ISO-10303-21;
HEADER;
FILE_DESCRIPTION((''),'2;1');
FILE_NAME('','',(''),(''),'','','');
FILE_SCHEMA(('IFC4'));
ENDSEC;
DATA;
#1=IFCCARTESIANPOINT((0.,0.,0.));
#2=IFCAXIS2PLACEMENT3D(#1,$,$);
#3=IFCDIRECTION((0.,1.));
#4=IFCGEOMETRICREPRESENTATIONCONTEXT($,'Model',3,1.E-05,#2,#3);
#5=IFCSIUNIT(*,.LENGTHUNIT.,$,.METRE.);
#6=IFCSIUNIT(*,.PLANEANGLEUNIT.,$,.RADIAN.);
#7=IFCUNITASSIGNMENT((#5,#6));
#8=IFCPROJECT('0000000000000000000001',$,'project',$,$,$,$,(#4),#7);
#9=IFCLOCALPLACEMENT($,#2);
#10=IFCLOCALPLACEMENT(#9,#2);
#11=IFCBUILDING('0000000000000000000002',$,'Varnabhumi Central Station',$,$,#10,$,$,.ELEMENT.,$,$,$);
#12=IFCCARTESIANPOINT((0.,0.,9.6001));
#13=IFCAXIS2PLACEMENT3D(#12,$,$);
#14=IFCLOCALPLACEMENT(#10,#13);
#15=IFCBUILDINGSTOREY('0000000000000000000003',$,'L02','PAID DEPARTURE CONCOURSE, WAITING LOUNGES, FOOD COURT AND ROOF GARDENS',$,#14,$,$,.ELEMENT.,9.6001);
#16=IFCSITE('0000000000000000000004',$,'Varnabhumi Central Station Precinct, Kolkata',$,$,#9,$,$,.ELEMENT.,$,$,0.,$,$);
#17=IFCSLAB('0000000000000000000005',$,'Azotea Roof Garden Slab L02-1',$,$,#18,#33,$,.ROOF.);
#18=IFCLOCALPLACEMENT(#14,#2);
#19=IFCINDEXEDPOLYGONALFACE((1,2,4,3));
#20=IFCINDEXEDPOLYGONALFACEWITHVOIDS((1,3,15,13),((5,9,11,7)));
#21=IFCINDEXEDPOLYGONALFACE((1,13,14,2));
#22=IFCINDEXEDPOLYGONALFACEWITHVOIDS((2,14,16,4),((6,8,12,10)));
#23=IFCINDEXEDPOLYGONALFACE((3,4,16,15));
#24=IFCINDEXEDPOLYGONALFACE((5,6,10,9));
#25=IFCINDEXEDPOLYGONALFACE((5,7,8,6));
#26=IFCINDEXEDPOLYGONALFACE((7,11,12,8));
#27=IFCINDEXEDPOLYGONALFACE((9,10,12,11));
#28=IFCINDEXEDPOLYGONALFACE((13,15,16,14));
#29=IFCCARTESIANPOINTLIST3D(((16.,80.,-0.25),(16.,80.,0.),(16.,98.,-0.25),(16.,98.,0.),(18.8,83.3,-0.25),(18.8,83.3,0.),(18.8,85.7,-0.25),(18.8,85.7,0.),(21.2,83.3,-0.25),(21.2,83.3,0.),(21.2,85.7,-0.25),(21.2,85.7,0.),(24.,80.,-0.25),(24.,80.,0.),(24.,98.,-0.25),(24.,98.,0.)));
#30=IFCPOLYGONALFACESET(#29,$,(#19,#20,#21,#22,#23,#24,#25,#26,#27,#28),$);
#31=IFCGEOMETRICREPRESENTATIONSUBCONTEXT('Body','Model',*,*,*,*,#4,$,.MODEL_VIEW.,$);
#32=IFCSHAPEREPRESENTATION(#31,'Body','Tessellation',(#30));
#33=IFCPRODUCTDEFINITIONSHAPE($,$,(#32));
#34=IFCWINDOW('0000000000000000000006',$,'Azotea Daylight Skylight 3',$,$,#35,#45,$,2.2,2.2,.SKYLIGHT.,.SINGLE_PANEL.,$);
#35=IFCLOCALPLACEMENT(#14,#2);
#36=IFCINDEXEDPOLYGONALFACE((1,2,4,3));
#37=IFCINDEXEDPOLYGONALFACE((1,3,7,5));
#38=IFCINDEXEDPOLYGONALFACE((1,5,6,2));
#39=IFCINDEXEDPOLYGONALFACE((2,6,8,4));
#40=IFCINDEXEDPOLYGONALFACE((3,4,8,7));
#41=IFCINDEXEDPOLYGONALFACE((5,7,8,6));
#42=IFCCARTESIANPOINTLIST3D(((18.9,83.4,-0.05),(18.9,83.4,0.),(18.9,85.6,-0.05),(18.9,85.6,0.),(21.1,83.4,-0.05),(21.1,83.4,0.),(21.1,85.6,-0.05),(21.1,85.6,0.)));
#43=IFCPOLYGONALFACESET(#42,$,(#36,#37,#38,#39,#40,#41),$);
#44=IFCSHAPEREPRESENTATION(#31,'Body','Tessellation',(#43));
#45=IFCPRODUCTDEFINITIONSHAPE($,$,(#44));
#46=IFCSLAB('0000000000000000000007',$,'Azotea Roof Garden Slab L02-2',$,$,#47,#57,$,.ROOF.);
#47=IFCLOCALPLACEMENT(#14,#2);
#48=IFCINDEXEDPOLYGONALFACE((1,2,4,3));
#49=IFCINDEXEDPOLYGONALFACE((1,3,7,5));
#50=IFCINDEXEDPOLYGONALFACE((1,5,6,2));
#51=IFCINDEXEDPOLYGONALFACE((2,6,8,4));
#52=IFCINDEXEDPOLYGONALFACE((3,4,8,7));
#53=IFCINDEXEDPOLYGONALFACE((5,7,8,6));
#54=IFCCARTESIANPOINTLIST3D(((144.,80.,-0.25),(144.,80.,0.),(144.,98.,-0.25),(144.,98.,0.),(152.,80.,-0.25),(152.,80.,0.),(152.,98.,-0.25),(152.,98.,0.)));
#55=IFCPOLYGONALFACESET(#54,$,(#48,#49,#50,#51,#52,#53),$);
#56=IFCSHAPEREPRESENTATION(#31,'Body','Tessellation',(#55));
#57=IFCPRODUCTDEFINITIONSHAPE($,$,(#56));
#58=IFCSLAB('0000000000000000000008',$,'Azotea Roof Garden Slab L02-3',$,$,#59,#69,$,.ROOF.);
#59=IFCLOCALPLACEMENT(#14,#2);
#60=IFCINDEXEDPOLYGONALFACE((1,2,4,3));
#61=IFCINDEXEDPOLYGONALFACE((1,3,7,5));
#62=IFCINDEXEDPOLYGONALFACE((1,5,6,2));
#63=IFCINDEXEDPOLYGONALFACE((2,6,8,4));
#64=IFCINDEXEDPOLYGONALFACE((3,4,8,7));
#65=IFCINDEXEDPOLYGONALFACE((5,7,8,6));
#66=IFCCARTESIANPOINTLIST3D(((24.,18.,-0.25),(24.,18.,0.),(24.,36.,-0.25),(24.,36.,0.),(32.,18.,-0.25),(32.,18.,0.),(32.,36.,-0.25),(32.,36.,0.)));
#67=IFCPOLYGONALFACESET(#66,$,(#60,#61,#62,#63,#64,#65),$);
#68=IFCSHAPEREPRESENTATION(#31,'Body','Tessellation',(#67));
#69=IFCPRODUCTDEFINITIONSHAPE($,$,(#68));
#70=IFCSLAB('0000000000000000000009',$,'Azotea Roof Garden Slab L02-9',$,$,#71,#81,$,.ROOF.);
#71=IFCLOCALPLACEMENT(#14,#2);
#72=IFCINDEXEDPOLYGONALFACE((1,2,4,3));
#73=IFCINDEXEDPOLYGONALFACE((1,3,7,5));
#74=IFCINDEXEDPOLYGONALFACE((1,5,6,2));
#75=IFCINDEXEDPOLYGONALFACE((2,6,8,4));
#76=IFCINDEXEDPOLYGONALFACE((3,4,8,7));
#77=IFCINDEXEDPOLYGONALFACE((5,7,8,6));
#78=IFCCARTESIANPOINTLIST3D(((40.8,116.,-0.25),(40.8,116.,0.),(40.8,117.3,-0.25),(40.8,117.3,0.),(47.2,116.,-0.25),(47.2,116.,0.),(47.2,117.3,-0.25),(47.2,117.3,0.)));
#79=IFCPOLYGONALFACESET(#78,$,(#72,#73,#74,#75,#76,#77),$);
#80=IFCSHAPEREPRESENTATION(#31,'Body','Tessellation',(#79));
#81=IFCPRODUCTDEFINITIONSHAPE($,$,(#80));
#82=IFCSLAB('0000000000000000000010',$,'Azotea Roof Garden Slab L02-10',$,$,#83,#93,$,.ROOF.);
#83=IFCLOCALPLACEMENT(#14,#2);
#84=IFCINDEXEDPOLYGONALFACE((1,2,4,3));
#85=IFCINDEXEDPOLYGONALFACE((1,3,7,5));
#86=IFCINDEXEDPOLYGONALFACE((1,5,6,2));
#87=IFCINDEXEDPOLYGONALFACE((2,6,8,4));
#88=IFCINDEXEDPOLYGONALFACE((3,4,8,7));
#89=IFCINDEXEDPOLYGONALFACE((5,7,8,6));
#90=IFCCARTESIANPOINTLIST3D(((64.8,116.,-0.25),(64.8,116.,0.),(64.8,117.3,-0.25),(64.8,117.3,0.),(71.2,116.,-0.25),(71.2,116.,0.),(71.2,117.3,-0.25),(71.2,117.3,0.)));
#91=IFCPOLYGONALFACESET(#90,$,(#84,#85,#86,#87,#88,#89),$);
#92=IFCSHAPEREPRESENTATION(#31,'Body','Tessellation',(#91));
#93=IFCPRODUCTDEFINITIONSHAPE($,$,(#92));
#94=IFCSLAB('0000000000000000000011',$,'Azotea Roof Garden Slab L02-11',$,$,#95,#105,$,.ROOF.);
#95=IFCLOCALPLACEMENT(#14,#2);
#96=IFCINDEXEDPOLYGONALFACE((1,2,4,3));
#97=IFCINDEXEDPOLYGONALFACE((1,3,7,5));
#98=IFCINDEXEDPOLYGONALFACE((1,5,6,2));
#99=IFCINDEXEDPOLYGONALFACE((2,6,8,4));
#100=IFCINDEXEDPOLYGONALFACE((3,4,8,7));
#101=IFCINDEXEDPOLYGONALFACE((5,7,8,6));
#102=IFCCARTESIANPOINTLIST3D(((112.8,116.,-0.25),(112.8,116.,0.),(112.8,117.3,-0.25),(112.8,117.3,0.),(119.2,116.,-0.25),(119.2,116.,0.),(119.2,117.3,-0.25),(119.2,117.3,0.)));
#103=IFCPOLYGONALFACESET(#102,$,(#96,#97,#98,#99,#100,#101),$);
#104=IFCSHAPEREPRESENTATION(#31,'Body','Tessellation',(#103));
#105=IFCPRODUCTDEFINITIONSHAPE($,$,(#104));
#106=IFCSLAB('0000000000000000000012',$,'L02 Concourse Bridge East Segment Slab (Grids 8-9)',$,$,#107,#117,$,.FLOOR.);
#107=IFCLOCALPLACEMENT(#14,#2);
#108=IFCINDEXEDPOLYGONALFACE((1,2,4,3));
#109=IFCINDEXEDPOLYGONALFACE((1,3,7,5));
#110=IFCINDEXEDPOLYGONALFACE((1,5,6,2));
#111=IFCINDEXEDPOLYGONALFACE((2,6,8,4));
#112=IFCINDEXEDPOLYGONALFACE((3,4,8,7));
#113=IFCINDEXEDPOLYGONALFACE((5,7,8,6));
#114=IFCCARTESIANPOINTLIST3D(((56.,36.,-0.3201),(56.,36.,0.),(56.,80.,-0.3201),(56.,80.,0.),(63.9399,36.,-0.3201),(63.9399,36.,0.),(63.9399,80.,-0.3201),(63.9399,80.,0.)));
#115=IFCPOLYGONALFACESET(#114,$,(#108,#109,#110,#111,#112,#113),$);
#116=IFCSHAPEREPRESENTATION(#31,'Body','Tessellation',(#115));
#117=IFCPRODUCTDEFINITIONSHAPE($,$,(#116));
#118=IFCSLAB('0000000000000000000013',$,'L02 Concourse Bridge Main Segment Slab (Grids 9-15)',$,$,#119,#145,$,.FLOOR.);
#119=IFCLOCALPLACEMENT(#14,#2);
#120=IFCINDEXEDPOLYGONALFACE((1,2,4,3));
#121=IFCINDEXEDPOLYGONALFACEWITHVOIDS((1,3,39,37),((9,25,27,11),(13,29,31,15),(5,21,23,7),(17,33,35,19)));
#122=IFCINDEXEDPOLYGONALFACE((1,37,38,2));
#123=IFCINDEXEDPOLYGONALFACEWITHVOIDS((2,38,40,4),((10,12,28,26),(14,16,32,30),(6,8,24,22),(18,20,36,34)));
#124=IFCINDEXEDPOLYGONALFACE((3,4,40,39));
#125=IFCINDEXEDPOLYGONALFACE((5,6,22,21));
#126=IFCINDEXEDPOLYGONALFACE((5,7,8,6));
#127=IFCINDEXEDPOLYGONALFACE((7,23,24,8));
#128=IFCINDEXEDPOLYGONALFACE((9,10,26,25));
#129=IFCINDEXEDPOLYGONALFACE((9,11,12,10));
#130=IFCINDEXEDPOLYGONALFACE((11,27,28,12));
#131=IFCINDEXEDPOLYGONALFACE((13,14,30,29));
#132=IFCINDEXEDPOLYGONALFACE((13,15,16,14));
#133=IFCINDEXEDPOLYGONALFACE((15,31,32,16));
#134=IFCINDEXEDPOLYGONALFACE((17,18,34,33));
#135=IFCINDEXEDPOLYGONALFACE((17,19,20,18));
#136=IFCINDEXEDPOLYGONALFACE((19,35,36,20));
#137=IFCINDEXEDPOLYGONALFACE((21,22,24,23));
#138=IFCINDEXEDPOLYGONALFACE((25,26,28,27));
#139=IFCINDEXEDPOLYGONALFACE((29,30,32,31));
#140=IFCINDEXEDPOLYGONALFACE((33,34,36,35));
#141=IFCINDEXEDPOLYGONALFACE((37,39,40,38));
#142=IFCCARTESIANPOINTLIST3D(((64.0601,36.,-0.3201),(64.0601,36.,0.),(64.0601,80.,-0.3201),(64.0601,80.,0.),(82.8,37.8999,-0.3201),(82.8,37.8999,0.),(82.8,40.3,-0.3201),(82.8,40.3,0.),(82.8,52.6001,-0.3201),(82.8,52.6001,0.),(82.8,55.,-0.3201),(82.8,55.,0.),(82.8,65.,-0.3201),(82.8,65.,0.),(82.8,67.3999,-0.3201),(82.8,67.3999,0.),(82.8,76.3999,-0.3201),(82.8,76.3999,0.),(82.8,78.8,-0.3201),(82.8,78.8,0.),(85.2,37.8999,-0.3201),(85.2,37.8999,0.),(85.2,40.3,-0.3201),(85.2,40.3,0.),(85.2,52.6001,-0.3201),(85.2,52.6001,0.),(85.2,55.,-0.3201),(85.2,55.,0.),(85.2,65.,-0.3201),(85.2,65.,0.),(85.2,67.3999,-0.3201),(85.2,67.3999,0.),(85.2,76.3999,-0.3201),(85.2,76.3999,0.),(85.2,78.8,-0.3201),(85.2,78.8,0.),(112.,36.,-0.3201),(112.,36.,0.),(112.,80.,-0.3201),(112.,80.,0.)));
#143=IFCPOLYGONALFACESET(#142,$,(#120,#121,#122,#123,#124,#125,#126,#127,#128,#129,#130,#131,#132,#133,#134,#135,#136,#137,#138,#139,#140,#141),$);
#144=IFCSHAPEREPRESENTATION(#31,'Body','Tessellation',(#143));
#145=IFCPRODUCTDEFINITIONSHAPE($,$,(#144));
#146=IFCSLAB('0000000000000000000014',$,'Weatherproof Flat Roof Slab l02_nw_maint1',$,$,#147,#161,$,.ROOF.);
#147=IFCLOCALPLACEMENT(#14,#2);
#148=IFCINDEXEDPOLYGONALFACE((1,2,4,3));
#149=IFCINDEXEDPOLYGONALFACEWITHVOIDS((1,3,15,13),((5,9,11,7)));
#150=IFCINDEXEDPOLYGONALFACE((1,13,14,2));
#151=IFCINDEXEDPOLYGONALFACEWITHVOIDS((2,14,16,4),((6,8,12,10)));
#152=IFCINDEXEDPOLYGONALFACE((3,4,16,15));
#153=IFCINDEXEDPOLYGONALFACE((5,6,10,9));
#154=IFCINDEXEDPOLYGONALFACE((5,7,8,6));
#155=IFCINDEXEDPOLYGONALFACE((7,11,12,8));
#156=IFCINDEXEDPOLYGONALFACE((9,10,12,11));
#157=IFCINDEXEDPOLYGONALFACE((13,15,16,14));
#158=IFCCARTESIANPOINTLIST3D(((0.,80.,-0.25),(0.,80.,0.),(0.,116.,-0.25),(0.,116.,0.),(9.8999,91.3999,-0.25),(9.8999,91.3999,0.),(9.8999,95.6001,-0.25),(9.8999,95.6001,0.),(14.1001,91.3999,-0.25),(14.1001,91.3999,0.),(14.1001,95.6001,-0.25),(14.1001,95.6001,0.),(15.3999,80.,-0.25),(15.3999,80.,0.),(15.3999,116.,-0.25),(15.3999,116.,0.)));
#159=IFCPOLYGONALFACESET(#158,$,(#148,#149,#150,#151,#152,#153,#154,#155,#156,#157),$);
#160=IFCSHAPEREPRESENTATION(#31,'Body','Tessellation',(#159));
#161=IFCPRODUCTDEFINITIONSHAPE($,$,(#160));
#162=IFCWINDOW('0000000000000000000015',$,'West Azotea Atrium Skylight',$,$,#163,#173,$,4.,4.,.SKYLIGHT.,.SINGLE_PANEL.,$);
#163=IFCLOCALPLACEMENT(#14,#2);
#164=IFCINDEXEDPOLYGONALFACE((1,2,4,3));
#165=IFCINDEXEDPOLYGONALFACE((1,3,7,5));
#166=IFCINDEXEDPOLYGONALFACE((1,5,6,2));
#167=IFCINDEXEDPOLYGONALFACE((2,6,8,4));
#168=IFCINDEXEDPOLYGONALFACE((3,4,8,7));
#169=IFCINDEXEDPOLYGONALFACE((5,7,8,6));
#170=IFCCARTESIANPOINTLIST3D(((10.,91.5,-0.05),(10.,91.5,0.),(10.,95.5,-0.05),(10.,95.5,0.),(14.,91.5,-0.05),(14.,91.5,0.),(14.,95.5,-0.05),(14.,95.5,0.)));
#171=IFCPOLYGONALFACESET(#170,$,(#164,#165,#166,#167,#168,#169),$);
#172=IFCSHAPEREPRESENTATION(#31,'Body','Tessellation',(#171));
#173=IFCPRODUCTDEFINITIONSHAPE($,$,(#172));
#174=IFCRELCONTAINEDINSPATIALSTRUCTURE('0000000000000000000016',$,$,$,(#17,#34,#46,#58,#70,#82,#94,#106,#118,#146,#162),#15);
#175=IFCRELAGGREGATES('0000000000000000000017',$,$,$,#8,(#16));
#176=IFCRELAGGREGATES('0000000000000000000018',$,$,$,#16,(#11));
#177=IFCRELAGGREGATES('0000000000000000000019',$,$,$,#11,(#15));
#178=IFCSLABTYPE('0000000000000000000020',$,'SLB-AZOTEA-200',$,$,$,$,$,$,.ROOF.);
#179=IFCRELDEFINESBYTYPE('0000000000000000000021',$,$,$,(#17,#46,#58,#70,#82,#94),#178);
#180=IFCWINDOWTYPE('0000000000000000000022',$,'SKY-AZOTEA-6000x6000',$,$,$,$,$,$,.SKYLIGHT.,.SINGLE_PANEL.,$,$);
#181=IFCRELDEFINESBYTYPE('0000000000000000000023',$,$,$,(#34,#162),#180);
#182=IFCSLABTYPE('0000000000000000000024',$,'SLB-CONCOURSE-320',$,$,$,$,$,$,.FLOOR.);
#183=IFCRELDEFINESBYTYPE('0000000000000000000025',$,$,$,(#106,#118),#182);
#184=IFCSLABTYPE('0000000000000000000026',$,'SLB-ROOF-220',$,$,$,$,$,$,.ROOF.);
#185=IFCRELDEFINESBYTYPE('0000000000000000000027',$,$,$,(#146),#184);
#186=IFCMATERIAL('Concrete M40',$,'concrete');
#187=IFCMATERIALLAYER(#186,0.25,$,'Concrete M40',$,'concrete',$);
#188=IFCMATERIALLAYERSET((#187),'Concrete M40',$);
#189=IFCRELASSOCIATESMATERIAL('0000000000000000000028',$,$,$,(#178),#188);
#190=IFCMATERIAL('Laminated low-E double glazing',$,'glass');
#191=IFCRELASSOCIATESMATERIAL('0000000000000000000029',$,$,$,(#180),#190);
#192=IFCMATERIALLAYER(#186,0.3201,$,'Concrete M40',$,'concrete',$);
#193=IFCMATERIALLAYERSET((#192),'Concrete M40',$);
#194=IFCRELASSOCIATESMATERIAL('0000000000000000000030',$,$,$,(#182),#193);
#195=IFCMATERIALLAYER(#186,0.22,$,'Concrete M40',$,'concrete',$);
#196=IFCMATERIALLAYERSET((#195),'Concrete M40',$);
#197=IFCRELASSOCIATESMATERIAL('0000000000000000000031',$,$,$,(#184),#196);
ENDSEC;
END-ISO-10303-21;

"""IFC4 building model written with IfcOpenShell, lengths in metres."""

from ifc_helpers import new_model, si_unit, direction, frame, origin, origin_2d, place, context, subcontext, project, spatial, polyline, rectangle, outline, extrude, material, layer, layer_set, type_object, element, fill, save


model = new_model("IFC4")

# Units and contexts
model_context = context("Model", 3, precision=1e-05, world=origin(), true_north=direction((0.0, 1.0)))
body_context = subcontext(model_context, "Body", "Model", "MODEL_VIEW")
ifc_project = project(units=[si_unit("LENGTHUNIT", "METRE"), si_unit("PLANEANGLEUNIT", "RADIAN")], contexts=[model_context])

# Site, building, storey
site_placement = place(None, origin())
site = spatial("IfcSite", under=ifc_project, at=site_placement, Name="Varnabhumi Central Station Precinct, Kolkata", CompositionType="ELEMENT", RefElevation=0.0)
building_placement = place(site_placement, origin())
building = spatial("IfcBuilding", under=site, at=building_placement, Name="Varnabhumi Central Station", CompositionType="ELEMENT")
storey_placement = place(building_placement, frame((0.0, 0.0, 9.6001)))
storey = spatial("IfcBuildingStorey", under=building, at=storey_placement, Name="L02", Description="PAID DEPARTURE CONCOURSE, WAITING LOUNGES, FOOD COURT AND ROOF GARDENS", CompositionType="ELEMENT", Elevation=9.6001)

# Slab, opening, window
ifc_material_1 = material(Name="Concrete M40", Category="concrete")
ifc_layer_1 = layer(ifc_material_1, 0.25, Name="Concrete M40", Category="concrete")
ifc_layer_set_1 = layer_set([ifc_layer_1], Name="Concrete M40")
slab_type_1 = type_object("IfcSlabType", Name="SLB-AZOTEA-200", PredefinedType="ROOF", material=ifc_layer_set_1)
slab_1_placement = place(storey_placement, frame((0.0, 0.0, -0.25)))
slab_1 = element("IfcSlab", 1, at=slab_1_placement, inside=storey, type_object=slab_type_1, Name="Azotea Roof Garden Slab L02-1", PredefinedType="ROOF", context=body_context, shape_type="SweptSolid", body=[
    extrude(outline(polyline([(16.0, 80.0), (24.0, 80.0), (24.0, 98.0), (16.0, 98.0), (16.0, 80.0)]), holes=[polyline([(18.8, 83.3), (21.2, 83.3), (21.2, 85.7), (18.8, 85.7), (18.8, 83.3)])]), origin(), (0.0, 0.0, 1.0), 0.25),
])
opening_1_placement = place(slab_1_placement, frame((20.0, 84.5, 0.0)))
opening_1 = element("IfcOpeningElement", 2, at=opening_1_placement, cuts=slab_1, PredefinedType="OPENING", context=body_context, shape_type="SweptSolid", body=[
    extrude(rectangle(XDim=2.2, YDim=2.2, at=origin_2d()), frame((0.0, 0.0, -0.01)), (0.0, 0.0, 1.0), 0.27),
])
ifc_material_2 = material(Name="Laminated low-E double glazing", Category="glass")
window_type = type_object("IfcWindowType", Name="SKY-AZOTEA-6000x6000", PartitioningType="SINGLE_PANEL", PredefinedType="SKYLIGHT", material=ifc_material_2)
window_1_placement = place(opening_1_placement, frame((0.0, 0.0, 0.2)))
window_1 = element("IfcWindow", 3, at=window_1_placement, inside=storey, type_object=window_type, Name="Azotea Daylight Skylight 3", OverallHeight=2.2, OverallWidth=2.2, PartitioningType="SINGLE_PANEL", PredefinedType="SKYLIGHT", context=body_context, shape_type="SweptSolid", body=[
    extrude(rectangle(XDim=2.2, YDim=2.2, at=origin_2d()), origin(), (0.0, 0.0, 1.0), 0.05),
])
fill(opening_1, window_1)

# Slabs
slab_2_placement = place(storey_placement, frame((0.0, 0.0, -0.25)))
element("IfcSlab", 4, at=slab_2_placement, inside=storey, type_object=slab_type_1, Name="Azotea Roof Garden Slab L02-2", PredefinedType="ROOF", context=body_context, shape_type="SweptSolid", body=[
    extrude(outline(polyline([(144.0, 80.0), (152.0, 80.0), (152.0, 98.0), (144.0, 98.0), (144.0, 80.0)])), origin(), (0.0, 0.0, 1.0), 0.25),
])
slab_3_placement = place(storey_placement, frame((0.0, 0.0, -0.25)))
element("IfcSlab", 5, at=slab_3_placement, inside=storey, type_object=slab_type_1, Name="Azotea Roof Garden Slab L02-3", PredefinedType="ROOF", context=body_context, shape_type="SweptSolid", body=[
    extrude(outline(polyline([(24.0, 18.0), (32.0, 18.0), (32.0, 36.0), (24.0, 36.0), (24.0, 18.0)])), origin(), (0.0, 0.0, 1.0), 0.25),
])
slab_4_placement = place(storey_placement, frame((0.0, 0.0, -0.25)))
element("IfcSlab", 6, at=slab_4_placement, inside=storey, type_object=slab_type_1, Name="Azotea Roof Garden Slab L02-9", PredefinedType="ROOF", context=body_context, shape_type="SweptSolid", body=[
    extrude(outline(polyline([(40.8, 116.0), (47.2, 116.0), (47.2, 117.3), (40.8, 117.3), (40.8, 116.0)])), origin(), (0.0, 0.0, 1.0), 0.25),
])
slab_5_placement = place(storey_placement, frame((0.0, 0.0, -0.25)))
element("IfcSlab", 7, at=slab_5_placement, inside=storey, type_object=slab_type_1, Name="Azotea Roof Garden Slab L02-10", PredefinedType="ROOF", context=body_context, shape_type="SweptSolid", body=[
    extrude(outline(polyline([(64.8, 116.0), (71.2, 116.0), (71.2, 117.3), (64.8, 117.3), (64.8, 116.0)])), origin(), (0.0, 0.0, 1.0), 0.25),
])
slab_6_placement = place(storey_placement, frame((0.0, 0.0, -0.25)))
element("IfcSlab", 8, at=slab_6_placement, inside=storey, type_object=slab_type_1, Name="Azotea Roof Garden Slab L02-11", PredefinedType="ROOF", context=body_context, shape_type="SweptSolid", body=[
    extrude(outline(polyline([(112.8, 116.0), (119.2, 116.0), (119.2, 117.3), (112.8, 117.3), (112.8, 116.0)])), origin(), (0.0, 0.0, 1.0), 0.25),
])
ifc_layer_2 = layer(ifc_material_1, 0.3201, Name="Concrete M40", Category="concrete")
ifc_layer_set_2 = layer_set([ifc_layer_2], Name="Concrete M40")
slab_type_2 = type_object("IfcSlabType", Name="SLB-CONCOURSE-320", PredefinedType="FLOOR", material=ifc_layer_set_2)
slab_7_placement = place(storey_placement, frame((0.0, 0.0, -0.3201)))
element("IfcSlab", 9, at=slab_7_placement, inside=storey, type_object=slab_type_2, Name="L02 Concourse Bridge East Segment Slab (Grids 8-9)", PredefinedType="FLOOR", context=body_context, shape_type="SweptSolid", body=[
    extrude(outline(polyline([(56.0, 36.0), (63.9399, 36.0), (63.9399, 80.0), (56.0, 80.0), (56.0, 36.0)])), origin(), (0.0, 0.0, 1.0), 0.3201),
])
slab_8_placement = place(storey_placement, frame((0.0, 0.0, -0.3201)))
element("IfcSlab", 10, at=slab_8_placement, inside=storey, type_object=slab_type_2, Name="L02 Concourse Bridge Main Segment Slab (Grids 9-15)", PredefinedType="FLOOR", context=body_context, shape_type="SweptSolid", body=[
    extrude(outline(polyline([(64.0601, 36.0), (112.0, 36.0), (112.0, 80.0), (64.0601, 80.0), (64.0601, 36.0)]), holes=[polyline([(82.8, 37.8999), (85.2, 37.8999), (85.2, 40.3), (82.8, 40.3), (82.8, 37.8999)]), polyline([(82.8, 52.6001), (85.2, 52.6001), (85.2, 55.0), (82.8, 55.0), (82.8, 52.6001)]), polyline([(82.8, 65.0), (85.2, 65.0), (85.2, 67.3999), (82.8, 67.3999), (82.8, 65.0)]), polyline([(82.8, 76.3999), (85.2, 76.3999), (85.2, 78.8), (82.8, 78.8), (82.8, 76.3999)])]), origin(), (0.0, 0.0, 1.0), 0.3201),
])

# Slab, opening, window
ifc_layer_3 = layer(ifc_material_1, 0.22, Name="Concrete M40", Category="concrete")
ifc_layer_set_3 = layer_set([ifc_layer_3], Name="Concrete M40")
slab_type_3 = type_object("IfcSlabType", Name="SLB-ROOF-220", PredefinedType="ROOF", material=ifc_layer_set_3)
slab_9_placement = place(storey_placement, frame((0.0, 0.0, -0.25)))
slab_9 = element("IfcSlab", 11, at=slab_9_placement, inside=storey, type_object=slab_type_3, Name="Weatherproof Flat Roof Slab l02_nw_maint1", PredefinedType="ROOF", context=body_context, shape_type="SweptSolid", body=[
    extrude(outline(polyline([(0.0, 80.0), (15.3999, 80.0), (15.3999, 116.0), (0.0, 116.0), (0.0, 80.0)]), holes=[polyline([(9.8999, 91.3999), (14.1001, 91.3999), (14.1001, 95.6001), (9.8999, 95.6001), (9.8999, 91.3999)])]), origin(), (0.0, 0.0, 1.0), 0.25),
])
opening_2_placement = place(slab_9_placement, frame((12.0, 93.5, 0.0)))
opening_2 = element("IfcOpeningElement", 12, at=opening_2_placement, cuts=slab_9, PredefinedType="OPENING", context=body_context, shape_type="SweptSolid", body=[
    extrude(rectangle(XDim=4.0, YDim=4.0, at=origin_2d()), frame((0.0, 0.0, -0.01)), (0.0, 0.0, 1.0), 0.27),
])
window_2_placement = place(opening_2_placement, frame((0.0, 0.0, 0.2)))
window_2 = element("IfcWindow", 13, at=window_2_placement, inside=storey, type_object=window_type, Name="West Azotea Atrium Skylight", OverallHeight=4.0, OverallWidth=4.0, PartitioningType="SINGLE_PANEL", PredefinedType="SKYLIGHT", context=body_context, shape_type="SweptSolid", body=[
    extrude(rectangle(XDim=4.0, YDim=4.0, at=origin_2d()), origin(), (0.0, 0.0, 1.0), 0.05),
])
fill(opening_2, window_2)

save(model, "model.ifc")
